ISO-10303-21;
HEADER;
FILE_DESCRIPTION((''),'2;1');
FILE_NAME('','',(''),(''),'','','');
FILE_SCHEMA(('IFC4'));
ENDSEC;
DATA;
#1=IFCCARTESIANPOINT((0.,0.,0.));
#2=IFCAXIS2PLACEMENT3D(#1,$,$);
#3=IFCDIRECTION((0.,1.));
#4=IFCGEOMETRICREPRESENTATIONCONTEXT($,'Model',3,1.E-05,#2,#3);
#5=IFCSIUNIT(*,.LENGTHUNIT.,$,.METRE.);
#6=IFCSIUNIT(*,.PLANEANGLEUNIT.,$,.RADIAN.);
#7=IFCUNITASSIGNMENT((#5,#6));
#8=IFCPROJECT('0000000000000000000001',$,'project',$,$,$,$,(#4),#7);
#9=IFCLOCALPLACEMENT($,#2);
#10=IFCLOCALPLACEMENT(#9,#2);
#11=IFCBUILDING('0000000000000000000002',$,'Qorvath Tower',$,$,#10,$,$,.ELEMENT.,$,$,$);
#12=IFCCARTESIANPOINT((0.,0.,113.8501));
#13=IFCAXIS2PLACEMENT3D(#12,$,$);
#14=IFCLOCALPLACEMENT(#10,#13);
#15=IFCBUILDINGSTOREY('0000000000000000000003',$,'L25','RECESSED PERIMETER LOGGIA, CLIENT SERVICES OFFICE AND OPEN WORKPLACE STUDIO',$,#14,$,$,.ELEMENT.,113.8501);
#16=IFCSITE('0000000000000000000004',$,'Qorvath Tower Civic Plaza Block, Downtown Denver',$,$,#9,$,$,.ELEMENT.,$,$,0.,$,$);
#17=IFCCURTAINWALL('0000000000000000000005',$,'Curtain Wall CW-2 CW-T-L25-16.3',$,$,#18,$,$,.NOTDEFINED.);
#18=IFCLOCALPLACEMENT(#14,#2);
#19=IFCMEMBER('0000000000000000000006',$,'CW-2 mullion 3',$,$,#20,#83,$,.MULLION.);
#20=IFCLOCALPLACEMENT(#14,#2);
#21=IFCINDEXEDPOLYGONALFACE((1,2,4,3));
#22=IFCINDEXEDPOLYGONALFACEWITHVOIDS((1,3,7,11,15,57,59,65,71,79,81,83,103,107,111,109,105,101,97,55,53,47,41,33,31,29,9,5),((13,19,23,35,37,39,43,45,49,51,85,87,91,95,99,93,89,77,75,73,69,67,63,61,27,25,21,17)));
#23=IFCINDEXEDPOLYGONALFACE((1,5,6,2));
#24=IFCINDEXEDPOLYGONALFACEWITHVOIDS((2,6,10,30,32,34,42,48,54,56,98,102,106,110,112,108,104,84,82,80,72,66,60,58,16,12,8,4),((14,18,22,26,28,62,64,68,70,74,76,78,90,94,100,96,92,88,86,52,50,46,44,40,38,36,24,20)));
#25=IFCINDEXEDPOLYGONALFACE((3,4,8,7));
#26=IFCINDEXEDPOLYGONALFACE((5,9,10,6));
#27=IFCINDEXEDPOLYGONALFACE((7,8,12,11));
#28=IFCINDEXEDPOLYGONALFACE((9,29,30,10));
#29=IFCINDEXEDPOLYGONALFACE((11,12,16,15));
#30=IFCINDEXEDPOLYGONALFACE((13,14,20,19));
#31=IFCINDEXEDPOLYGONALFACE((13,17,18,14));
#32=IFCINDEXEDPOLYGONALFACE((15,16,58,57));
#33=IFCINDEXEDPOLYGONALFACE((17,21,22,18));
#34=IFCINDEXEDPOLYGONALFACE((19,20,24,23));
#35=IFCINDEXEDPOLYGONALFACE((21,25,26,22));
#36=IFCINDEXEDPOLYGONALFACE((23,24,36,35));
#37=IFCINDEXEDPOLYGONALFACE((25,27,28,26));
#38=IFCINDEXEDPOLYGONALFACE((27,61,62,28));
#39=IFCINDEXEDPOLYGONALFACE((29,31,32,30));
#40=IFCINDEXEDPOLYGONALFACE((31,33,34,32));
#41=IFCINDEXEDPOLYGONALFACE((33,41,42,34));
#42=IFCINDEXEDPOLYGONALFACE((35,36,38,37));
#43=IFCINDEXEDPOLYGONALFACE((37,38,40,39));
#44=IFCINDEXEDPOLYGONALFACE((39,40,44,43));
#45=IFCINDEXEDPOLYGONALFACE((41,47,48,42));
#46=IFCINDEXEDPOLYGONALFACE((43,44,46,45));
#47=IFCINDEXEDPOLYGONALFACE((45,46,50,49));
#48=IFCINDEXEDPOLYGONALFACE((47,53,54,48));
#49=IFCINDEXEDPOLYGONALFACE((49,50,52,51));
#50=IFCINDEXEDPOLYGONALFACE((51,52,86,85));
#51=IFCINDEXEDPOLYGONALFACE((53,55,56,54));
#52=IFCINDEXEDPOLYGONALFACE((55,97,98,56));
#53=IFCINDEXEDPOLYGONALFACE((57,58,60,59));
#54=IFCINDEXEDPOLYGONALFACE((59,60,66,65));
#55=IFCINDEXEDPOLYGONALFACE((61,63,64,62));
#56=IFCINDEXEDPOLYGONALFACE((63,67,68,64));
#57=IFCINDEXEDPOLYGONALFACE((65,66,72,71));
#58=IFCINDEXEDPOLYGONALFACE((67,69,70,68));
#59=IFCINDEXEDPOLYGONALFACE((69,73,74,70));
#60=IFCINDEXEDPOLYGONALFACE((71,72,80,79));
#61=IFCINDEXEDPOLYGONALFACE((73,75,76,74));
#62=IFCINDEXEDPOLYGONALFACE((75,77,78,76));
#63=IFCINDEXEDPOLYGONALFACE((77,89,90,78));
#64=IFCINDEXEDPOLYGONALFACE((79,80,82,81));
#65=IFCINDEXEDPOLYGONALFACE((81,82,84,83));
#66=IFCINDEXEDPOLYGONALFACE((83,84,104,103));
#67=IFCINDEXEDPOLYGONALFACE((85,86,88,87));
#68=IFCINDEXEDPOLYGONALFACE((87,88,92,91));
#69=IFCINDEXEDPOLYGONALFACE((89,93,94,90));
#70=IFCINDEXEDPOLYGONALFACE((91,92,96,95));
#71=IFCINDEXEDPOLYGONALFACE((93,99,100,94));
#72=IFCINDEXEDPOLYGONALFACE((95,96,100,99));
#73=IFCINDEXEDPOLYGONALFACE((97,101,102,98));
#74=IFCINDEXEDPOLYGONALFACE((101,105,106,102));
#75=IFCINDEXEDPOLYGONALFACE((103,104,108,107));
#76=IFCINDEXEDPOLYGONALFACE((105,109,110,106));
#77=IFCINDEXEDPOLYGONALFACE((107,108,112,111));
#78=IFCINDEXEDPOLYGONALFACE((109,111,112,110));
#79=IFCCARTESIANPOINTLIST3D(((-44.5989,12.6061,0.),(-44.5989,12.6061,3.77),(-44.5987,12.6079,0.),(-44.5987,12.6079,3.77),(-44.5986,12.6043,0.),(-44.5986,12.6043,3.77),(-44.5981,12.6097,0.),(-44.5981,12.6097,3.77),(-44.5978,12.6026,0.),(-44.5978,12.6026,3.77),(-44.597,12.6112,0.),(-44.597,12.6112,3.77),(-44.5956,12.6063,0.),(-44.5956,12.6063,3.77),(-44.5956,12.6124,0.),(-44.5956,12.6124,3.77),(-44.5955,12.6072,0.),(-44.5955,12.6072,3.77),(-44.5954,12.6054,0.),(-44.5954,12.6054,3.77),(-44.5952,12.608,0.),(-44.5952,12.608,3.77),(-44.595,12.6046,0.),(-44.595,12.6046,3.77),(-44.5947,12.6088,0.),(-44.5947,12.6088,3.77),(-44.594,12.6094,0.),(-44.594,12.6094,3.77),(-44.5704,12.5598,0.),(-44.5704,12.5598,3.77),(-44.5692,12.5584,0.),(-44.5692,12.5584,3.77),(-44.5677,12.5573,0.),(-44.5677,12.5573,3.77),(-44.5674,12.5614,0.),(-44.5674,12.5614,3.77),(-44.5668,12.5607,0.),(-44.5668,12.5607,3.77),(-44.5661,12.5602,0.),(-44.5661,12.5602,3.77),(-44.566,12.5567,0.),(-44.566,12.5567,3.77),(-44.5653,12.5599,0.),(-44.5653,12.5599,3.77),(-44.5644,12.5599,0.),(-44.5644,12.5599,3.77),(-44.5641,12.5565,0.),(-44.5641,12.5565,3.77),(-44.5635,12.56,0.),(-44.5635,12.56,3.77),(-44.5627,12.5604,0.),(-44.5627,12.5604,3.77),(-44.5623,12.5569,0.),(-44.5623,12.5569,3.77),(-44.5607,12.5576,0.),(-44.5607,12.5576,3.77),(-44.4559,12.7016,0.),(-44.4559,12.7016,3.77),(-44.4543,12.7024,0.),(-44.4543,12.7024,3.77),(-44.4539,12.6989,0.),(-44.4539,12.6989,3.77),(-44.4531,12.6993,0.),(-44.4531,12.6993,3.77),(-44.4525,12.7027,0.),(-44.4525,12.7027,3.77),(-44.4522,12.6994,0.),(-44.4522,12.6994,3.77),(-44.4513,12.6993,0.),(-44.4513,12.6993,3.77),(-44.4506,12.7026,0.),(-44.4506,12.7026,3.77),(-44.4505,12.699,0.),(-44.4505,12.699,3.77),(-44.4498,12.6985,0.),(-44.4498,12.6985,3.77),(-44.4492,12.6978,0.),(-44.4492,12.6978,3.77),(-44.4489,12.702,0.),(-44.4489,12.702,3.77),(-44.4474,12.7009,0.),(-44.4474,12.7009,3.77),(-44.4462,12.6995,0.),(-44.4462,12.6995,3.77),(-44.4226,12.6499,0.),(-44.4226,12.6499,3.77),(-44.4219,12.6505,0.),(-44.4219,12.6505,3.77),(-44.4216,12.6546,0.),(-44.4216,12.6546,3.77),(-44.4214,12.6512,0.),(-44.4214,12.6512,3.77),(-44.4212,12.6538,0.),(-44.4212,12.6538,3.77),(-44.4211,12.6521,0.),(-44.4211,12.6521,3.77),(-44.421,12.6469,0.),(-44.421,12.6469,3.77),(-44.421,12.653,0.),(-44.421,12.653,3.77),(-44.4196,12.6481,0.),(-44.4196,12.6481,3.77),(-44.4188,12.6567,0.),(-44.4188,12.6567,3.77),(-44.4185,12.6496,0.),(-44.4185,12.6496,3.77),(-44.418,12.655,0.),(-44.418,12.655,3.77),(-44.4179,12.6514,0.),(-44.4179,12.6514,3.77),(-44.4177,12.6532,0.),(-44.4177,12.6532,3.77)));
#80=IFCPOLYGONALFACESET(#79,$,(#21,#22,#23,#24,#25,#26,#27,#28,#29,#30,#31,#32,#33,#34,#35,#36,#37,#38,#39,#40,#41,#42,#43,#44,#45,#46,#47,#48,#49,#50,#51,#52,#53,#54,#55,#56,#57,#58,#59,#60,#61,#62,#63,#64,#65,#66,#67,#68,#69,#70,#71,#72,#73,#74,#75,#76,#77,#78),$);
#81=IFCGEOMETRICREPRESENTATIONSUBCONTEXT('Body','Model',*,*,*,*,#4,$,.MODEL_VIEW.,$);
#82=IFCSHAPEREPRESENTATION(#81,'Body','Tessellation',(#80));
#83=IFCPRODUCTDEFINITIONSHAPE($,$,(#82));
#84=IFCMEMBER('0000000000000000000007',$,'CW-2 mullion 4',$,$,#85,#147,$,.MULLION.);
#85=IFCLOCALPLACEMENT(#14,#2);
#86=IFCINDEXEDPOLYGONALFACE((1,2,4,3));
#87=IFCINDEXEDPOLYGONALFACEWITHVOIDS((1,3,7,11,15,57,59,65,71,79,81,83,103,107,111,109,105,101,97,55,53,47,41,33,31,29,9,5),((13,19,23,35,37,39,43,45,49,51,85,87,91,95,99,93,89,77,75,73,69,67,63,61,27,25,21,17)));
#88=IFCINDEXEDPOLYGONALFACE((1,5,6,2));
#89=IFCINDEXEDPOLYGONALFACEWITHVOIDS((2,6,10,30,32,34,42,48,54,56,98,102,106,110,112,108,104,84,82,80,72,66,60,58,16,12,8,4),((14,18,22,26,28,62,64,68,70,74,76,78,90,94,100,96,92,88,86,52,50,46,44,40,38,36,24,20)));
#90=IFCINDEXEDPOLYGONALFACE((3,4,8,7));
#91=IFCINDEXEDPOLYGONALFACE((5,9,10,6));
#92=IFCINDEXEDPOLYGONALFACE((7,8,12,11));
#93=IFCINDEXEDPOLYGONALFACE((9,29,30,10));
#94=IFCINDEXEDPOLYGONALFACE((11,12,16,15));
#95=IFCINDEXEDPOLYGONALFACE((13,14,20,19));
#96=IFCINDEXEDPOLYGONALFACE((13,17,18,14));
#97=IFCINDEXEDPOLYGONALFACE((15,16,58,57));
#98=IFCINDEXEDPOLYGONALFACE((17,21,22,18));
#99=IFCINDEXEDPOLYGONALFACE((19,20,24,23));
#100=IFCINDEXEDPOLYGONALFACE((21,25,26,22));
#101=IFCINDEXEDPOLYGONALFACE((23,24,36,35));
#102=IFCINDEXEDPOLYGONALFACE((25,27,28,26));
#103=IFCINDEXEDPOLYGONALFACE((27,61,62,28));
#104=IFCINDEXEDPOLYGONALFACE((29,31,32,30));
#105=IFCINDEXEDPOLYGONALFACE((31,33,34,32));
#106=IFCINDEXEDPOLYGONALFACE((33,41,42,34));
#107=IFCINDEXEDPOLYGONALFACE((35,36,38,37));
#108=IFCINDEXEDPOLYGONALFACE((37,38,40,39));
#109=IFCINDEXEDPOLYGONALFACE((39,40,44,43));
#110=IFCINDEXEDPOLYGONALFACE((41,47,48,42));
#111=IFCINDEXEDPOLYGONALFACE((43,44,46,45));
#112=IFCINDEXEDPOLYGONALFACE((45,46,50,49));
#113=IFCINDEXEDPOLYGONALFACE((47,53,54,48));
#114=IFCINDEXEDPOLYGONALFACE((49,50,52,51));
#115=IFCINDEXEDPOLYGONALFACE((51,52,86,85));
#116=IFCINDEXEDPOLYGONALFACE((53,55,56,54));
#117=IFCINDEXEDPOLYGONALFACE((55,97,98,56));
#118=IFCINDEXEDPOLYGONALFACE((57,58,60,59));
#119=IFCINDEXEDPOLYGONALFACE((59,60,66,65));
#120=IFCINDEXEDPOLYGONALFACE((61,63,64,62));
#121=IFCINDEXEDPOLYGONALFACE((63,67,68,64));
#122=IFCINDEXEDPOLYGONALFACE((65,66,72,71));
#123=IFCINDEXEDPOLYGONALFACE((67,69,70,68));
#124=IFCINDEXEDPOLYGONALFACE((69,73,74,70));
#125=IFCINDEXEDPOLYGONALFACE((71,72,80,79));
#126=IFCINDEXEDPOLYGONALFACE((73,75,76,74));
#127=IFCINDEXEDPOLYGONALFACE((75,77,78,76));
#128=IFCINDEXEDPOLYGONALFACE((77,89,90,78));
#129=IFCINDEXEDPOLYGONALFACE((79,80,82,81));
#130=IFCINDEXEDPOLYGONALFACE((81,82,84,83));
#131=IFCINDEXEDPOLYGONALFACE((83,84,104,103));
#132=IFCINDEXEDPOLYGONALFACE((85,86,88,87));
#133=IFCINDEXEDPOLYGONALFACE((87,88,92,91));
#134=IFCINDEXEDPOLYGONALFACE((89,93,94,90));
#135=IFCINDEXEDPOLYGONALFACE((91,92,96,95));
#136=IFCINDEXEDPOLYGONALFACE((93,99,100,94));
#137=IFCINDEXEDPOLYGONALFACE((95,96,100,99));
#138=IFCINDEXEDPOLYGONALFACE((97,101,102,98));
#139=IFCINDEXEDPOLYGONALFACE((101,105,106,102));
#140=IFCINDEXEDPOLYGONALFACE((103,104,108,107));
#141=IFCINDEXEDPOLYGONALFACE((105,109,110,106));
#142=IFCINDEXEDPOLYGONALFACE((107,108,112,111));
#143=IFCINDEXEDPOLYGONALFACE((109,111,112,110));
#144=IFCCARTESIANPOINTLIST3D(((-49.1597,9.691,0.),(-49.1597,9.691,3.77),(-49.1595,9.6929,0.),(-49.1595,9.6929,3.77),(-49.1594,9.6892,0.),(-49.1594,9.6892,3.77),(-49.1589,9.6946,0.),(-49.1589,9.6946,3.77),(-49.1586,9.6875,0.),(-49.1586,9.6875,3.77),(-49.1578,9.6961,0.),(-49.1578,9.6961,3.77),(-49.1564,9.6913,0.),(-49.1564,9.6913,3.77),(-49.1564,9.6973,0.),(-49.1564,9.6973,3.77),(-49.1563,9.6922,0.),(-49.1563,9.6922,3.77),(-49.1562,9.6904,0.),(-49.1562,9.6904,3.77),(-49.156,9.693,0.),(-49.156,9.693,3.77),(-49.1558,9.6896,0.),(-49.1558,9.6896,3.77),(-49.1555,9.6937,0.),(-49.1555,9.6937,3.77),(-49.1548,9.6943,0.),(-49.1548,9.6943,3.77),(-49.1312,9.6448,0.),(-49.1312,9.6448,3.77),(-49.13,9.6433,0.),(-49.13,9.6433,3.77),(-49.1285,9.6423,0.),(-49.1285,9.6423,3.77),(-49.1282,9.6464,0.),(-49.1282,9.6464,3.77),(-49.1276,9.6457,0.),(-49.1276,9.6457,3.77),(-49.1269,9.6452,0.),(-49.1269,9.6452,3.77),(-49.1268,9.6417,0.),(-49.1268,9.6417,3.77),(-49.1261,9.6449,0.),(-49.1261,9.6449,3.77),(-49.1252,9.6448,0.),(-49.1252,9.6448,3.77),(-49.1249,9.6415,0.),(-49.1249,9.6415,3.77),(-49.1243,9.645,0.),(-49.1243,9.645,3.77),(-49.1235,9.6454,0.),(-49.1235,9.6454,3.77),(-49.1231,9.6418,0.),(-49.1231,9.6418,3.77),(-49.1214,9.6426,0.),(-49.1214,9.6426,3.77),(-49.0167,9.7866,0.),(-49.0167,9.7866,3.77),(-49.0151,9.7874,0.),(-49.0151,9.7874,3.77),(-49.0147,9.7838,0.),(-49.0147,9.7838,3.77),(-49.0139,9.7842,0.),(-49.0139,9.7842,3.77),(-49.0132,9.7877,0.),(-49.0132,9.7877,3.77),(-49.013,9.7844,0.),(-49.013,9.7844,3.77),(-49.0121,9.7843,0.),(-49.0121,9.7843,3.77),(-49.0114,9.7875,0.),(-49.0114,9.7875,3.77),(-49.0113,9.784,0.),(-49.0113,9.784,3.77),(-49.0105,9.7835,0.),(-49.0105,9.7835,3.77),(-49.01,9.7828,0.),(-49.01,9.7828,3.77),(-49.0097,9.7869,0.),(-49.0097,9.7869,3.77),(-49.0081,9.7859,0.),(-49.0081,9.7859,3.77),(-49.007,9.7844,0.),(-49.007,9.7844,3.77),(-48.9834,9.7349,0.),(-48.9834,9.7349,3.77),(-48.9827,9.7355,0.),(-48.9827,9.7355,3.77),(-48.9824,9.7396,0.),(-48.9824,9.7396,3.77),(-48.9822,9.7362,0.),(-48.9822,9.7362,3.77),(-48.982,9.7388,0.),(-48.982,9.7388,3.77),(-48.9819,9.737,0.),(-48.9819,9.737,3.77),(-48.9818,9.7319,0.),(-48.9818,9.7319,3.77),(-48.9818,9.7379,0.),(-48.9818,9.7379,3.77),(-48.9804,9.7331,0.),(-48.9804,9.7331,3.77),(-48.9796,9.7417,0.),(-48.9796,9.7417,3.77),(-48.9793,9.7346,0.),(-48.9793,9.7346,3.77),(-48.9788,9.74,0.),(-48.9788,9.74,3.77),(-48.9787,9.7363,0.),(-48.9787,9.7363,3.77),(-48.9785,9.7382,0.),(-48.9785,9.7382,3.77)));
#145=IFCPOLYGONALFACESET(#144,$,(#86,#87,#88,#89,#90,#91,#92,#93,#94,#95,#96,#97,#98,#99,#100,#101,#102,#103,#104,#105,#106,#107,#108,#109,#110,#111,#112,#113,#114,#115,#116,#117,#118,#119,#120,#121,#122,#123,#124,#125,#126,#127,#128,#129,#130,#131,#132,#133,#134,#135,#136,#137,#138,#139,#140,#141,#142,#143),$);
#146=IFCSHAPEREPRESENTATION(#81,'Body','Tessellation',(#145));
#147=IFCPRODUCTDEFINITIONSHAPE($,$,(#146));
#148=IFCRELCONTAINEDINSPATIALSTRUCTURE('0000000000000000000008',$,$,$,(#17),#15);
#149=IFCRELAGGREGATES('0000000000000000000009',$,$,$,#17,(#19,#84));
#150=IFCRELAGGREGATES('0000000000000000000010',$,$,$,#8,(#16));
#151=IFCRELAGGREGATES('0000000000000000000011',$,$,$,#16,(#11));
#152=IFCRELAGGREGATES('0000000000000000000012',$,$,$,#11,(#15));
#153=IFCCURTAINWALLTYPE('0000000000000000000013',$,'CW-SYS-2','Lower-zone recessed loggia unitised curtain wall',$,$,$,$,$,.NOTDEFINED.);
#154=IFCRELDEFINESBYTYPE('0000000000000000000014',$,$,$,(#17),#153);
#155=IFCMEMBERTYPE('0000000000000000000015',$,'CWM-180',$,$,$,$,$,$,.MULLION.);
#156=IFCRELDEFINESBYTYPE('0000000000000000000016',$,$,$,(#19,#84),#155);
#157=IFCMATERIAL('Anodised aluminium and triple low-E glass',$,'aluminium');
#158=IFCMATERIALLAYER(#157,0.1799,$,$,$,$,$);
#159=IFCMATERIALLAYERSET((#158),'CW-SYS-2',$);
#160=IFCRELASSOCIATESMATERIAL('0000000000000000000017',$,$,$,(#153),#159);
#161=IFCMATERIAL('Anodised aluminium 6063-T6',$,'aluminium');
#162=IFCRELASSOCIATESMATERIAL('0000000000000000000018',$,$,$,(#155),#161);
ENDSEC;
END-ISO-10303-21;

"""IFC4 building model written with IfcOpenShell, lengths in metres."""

from ifc_helpers import new_model, si_unit, direction, frame, origin, origin_2d, place, context, subcontext, project, spatial, hollow_rectangle, extrude, material, layer, layer_set, material_profile, profile_set, type_object, element, aggregate, save


model = new_model("IFC4")

# Units and contexts
model_context = context("Model", 3, precision=1e-05, world=origin(), true_north=direction((0.0, 1.0)))
body_context = subcontext(model_context, "Body", "Model", "MODEL_VIEW")
ifc_project = project(units=[si_unit("LENGTHUNIT", "METRE"), si_unit("PLANEANGLEUNIT", "RADIAN")], contexts=[model_context])

# Site, building, storey
site_placement = place(None, origin())
site = spatial("IfcSite", under=ifc_project, at=site_placement, Name="Qorvath Tower Civic Plaza Block, Downtown Denver", CompositionType="ELEMENT", RefElevation=0.0)
building_placement = place(site_placement, origin())
building = spatial("IfcBuilding", under=site, at=building_placement, Name="Qorvath Tower", CompositionType="ELEMENT")
storey_placement = place(building_placement, frame((0.0, 0.0, 113.8501)))
storey = spatial("IfcBuildingStorey", under=building, at=storey_placement, Name="L25", Description="RECESSED PERIMETER LOGGIA, CLIENT SERVICES OFFICE AND OPEN WORKPLACE STUDIO", CompositionType="ELEMENT", Elevation=113.8501)

# Curtain wall, members
ifc_material_1 = material(Name="Anodised aluminium and triple low-E glass", Category="aluminium")
ifc_layer_1 = layer(ifc_material_1, 0.1799)
ifc_layer_set_1 = layer_set([ifc_layer_1], Name="CW-SYS-2")
curtain_wall_type = type_object("IfcCurtainWallType", Name="CW-SYS-2", Description="Lower-zone recessed loggia unitised curtain wall", PredefinedType="NOTDEFINED", material=ifc_layer_set_1)
curtain_wall_placement = place(storey_placement, origin())
curtain_wall = element("IfcCurtainWall", 1, at=curtain_wall_placement, inside=storey, type_object=curtain_wall_type, Name="Curtain Wall CW-2 CW-T-L25-16.3", PredefinedType="NOTDEFINED")
ifc_material_2 = material(Name="Anodised aluminium 6063-T6", Category="aluminium")
ifc_material_profile_1 = material_profile(ifc_material_2, hollow_rectangle(XDim=0.0649, YDim=0.1799, WallThickness=0.0034, InnerFilletRadius=0.0034, OuterFilletRadius=0.0071, at=origin_2d()), Name="CWM 180x65")
ifc_profile_set_1 = profile_set([ifc_material_profile_1], Name="Anodised aluminium 6063-T6")
member_type_1 = type_object("IfcMemberType", Name="CWM-180", PredefinedType="MULLION", material=ifc_profile_set_1)
member_1_placement = place(storey_placement, frame((-44.5083, 12.6296, 0.0), z_axis=(0.0, 0.0, 1.0), x_axis=(0.53853, -0.842606, 0.0)))
member_1 = element("IfcMember", 2, at=member_1_placement, type_object=member_type_1, Name="CW-2 mullion 3", PredefinedType="MULLION", context=body_context, shape_type="SweptSolid", body=[
    extrude(hollow_rectangle(XDim=0.0649, YDim=0.1799, WallThickness=0.0034, InnerFilletRadius=0.0034, OuterFilletRadius=0.0071, at=origin_2d()), origin(), (0.0, 0.0, 1.0), 3.77),
])
member_2_placement = place(storey_placement, frame((-49.0691, 9.7146, 0.0), z_axis=(0.0, 0.0, 1.0), x_axis=(0.53853, -0.842606, 0.0)))
member_2 = element("IfcMember", 3, at=member_2_placement, type_object=member_type_1, Name="CW-2 mullion 4", PredefinedType="MULLION", context=body_context, shape_type="SweptSolid", body=[
    extrude(hollow_rectangle(XDim=0.0649, YDim=0.1799, WallThickness=0.0034, InnerFilletRadius=0.0034, OuterFilletRadius=0.0071, at=origin_2d()), origin(), (0.0, 0.0, 1.0), 3.77),
])
aggregate(curtain_wall, [member_1, member_2])

save(model, "model.ifc")
